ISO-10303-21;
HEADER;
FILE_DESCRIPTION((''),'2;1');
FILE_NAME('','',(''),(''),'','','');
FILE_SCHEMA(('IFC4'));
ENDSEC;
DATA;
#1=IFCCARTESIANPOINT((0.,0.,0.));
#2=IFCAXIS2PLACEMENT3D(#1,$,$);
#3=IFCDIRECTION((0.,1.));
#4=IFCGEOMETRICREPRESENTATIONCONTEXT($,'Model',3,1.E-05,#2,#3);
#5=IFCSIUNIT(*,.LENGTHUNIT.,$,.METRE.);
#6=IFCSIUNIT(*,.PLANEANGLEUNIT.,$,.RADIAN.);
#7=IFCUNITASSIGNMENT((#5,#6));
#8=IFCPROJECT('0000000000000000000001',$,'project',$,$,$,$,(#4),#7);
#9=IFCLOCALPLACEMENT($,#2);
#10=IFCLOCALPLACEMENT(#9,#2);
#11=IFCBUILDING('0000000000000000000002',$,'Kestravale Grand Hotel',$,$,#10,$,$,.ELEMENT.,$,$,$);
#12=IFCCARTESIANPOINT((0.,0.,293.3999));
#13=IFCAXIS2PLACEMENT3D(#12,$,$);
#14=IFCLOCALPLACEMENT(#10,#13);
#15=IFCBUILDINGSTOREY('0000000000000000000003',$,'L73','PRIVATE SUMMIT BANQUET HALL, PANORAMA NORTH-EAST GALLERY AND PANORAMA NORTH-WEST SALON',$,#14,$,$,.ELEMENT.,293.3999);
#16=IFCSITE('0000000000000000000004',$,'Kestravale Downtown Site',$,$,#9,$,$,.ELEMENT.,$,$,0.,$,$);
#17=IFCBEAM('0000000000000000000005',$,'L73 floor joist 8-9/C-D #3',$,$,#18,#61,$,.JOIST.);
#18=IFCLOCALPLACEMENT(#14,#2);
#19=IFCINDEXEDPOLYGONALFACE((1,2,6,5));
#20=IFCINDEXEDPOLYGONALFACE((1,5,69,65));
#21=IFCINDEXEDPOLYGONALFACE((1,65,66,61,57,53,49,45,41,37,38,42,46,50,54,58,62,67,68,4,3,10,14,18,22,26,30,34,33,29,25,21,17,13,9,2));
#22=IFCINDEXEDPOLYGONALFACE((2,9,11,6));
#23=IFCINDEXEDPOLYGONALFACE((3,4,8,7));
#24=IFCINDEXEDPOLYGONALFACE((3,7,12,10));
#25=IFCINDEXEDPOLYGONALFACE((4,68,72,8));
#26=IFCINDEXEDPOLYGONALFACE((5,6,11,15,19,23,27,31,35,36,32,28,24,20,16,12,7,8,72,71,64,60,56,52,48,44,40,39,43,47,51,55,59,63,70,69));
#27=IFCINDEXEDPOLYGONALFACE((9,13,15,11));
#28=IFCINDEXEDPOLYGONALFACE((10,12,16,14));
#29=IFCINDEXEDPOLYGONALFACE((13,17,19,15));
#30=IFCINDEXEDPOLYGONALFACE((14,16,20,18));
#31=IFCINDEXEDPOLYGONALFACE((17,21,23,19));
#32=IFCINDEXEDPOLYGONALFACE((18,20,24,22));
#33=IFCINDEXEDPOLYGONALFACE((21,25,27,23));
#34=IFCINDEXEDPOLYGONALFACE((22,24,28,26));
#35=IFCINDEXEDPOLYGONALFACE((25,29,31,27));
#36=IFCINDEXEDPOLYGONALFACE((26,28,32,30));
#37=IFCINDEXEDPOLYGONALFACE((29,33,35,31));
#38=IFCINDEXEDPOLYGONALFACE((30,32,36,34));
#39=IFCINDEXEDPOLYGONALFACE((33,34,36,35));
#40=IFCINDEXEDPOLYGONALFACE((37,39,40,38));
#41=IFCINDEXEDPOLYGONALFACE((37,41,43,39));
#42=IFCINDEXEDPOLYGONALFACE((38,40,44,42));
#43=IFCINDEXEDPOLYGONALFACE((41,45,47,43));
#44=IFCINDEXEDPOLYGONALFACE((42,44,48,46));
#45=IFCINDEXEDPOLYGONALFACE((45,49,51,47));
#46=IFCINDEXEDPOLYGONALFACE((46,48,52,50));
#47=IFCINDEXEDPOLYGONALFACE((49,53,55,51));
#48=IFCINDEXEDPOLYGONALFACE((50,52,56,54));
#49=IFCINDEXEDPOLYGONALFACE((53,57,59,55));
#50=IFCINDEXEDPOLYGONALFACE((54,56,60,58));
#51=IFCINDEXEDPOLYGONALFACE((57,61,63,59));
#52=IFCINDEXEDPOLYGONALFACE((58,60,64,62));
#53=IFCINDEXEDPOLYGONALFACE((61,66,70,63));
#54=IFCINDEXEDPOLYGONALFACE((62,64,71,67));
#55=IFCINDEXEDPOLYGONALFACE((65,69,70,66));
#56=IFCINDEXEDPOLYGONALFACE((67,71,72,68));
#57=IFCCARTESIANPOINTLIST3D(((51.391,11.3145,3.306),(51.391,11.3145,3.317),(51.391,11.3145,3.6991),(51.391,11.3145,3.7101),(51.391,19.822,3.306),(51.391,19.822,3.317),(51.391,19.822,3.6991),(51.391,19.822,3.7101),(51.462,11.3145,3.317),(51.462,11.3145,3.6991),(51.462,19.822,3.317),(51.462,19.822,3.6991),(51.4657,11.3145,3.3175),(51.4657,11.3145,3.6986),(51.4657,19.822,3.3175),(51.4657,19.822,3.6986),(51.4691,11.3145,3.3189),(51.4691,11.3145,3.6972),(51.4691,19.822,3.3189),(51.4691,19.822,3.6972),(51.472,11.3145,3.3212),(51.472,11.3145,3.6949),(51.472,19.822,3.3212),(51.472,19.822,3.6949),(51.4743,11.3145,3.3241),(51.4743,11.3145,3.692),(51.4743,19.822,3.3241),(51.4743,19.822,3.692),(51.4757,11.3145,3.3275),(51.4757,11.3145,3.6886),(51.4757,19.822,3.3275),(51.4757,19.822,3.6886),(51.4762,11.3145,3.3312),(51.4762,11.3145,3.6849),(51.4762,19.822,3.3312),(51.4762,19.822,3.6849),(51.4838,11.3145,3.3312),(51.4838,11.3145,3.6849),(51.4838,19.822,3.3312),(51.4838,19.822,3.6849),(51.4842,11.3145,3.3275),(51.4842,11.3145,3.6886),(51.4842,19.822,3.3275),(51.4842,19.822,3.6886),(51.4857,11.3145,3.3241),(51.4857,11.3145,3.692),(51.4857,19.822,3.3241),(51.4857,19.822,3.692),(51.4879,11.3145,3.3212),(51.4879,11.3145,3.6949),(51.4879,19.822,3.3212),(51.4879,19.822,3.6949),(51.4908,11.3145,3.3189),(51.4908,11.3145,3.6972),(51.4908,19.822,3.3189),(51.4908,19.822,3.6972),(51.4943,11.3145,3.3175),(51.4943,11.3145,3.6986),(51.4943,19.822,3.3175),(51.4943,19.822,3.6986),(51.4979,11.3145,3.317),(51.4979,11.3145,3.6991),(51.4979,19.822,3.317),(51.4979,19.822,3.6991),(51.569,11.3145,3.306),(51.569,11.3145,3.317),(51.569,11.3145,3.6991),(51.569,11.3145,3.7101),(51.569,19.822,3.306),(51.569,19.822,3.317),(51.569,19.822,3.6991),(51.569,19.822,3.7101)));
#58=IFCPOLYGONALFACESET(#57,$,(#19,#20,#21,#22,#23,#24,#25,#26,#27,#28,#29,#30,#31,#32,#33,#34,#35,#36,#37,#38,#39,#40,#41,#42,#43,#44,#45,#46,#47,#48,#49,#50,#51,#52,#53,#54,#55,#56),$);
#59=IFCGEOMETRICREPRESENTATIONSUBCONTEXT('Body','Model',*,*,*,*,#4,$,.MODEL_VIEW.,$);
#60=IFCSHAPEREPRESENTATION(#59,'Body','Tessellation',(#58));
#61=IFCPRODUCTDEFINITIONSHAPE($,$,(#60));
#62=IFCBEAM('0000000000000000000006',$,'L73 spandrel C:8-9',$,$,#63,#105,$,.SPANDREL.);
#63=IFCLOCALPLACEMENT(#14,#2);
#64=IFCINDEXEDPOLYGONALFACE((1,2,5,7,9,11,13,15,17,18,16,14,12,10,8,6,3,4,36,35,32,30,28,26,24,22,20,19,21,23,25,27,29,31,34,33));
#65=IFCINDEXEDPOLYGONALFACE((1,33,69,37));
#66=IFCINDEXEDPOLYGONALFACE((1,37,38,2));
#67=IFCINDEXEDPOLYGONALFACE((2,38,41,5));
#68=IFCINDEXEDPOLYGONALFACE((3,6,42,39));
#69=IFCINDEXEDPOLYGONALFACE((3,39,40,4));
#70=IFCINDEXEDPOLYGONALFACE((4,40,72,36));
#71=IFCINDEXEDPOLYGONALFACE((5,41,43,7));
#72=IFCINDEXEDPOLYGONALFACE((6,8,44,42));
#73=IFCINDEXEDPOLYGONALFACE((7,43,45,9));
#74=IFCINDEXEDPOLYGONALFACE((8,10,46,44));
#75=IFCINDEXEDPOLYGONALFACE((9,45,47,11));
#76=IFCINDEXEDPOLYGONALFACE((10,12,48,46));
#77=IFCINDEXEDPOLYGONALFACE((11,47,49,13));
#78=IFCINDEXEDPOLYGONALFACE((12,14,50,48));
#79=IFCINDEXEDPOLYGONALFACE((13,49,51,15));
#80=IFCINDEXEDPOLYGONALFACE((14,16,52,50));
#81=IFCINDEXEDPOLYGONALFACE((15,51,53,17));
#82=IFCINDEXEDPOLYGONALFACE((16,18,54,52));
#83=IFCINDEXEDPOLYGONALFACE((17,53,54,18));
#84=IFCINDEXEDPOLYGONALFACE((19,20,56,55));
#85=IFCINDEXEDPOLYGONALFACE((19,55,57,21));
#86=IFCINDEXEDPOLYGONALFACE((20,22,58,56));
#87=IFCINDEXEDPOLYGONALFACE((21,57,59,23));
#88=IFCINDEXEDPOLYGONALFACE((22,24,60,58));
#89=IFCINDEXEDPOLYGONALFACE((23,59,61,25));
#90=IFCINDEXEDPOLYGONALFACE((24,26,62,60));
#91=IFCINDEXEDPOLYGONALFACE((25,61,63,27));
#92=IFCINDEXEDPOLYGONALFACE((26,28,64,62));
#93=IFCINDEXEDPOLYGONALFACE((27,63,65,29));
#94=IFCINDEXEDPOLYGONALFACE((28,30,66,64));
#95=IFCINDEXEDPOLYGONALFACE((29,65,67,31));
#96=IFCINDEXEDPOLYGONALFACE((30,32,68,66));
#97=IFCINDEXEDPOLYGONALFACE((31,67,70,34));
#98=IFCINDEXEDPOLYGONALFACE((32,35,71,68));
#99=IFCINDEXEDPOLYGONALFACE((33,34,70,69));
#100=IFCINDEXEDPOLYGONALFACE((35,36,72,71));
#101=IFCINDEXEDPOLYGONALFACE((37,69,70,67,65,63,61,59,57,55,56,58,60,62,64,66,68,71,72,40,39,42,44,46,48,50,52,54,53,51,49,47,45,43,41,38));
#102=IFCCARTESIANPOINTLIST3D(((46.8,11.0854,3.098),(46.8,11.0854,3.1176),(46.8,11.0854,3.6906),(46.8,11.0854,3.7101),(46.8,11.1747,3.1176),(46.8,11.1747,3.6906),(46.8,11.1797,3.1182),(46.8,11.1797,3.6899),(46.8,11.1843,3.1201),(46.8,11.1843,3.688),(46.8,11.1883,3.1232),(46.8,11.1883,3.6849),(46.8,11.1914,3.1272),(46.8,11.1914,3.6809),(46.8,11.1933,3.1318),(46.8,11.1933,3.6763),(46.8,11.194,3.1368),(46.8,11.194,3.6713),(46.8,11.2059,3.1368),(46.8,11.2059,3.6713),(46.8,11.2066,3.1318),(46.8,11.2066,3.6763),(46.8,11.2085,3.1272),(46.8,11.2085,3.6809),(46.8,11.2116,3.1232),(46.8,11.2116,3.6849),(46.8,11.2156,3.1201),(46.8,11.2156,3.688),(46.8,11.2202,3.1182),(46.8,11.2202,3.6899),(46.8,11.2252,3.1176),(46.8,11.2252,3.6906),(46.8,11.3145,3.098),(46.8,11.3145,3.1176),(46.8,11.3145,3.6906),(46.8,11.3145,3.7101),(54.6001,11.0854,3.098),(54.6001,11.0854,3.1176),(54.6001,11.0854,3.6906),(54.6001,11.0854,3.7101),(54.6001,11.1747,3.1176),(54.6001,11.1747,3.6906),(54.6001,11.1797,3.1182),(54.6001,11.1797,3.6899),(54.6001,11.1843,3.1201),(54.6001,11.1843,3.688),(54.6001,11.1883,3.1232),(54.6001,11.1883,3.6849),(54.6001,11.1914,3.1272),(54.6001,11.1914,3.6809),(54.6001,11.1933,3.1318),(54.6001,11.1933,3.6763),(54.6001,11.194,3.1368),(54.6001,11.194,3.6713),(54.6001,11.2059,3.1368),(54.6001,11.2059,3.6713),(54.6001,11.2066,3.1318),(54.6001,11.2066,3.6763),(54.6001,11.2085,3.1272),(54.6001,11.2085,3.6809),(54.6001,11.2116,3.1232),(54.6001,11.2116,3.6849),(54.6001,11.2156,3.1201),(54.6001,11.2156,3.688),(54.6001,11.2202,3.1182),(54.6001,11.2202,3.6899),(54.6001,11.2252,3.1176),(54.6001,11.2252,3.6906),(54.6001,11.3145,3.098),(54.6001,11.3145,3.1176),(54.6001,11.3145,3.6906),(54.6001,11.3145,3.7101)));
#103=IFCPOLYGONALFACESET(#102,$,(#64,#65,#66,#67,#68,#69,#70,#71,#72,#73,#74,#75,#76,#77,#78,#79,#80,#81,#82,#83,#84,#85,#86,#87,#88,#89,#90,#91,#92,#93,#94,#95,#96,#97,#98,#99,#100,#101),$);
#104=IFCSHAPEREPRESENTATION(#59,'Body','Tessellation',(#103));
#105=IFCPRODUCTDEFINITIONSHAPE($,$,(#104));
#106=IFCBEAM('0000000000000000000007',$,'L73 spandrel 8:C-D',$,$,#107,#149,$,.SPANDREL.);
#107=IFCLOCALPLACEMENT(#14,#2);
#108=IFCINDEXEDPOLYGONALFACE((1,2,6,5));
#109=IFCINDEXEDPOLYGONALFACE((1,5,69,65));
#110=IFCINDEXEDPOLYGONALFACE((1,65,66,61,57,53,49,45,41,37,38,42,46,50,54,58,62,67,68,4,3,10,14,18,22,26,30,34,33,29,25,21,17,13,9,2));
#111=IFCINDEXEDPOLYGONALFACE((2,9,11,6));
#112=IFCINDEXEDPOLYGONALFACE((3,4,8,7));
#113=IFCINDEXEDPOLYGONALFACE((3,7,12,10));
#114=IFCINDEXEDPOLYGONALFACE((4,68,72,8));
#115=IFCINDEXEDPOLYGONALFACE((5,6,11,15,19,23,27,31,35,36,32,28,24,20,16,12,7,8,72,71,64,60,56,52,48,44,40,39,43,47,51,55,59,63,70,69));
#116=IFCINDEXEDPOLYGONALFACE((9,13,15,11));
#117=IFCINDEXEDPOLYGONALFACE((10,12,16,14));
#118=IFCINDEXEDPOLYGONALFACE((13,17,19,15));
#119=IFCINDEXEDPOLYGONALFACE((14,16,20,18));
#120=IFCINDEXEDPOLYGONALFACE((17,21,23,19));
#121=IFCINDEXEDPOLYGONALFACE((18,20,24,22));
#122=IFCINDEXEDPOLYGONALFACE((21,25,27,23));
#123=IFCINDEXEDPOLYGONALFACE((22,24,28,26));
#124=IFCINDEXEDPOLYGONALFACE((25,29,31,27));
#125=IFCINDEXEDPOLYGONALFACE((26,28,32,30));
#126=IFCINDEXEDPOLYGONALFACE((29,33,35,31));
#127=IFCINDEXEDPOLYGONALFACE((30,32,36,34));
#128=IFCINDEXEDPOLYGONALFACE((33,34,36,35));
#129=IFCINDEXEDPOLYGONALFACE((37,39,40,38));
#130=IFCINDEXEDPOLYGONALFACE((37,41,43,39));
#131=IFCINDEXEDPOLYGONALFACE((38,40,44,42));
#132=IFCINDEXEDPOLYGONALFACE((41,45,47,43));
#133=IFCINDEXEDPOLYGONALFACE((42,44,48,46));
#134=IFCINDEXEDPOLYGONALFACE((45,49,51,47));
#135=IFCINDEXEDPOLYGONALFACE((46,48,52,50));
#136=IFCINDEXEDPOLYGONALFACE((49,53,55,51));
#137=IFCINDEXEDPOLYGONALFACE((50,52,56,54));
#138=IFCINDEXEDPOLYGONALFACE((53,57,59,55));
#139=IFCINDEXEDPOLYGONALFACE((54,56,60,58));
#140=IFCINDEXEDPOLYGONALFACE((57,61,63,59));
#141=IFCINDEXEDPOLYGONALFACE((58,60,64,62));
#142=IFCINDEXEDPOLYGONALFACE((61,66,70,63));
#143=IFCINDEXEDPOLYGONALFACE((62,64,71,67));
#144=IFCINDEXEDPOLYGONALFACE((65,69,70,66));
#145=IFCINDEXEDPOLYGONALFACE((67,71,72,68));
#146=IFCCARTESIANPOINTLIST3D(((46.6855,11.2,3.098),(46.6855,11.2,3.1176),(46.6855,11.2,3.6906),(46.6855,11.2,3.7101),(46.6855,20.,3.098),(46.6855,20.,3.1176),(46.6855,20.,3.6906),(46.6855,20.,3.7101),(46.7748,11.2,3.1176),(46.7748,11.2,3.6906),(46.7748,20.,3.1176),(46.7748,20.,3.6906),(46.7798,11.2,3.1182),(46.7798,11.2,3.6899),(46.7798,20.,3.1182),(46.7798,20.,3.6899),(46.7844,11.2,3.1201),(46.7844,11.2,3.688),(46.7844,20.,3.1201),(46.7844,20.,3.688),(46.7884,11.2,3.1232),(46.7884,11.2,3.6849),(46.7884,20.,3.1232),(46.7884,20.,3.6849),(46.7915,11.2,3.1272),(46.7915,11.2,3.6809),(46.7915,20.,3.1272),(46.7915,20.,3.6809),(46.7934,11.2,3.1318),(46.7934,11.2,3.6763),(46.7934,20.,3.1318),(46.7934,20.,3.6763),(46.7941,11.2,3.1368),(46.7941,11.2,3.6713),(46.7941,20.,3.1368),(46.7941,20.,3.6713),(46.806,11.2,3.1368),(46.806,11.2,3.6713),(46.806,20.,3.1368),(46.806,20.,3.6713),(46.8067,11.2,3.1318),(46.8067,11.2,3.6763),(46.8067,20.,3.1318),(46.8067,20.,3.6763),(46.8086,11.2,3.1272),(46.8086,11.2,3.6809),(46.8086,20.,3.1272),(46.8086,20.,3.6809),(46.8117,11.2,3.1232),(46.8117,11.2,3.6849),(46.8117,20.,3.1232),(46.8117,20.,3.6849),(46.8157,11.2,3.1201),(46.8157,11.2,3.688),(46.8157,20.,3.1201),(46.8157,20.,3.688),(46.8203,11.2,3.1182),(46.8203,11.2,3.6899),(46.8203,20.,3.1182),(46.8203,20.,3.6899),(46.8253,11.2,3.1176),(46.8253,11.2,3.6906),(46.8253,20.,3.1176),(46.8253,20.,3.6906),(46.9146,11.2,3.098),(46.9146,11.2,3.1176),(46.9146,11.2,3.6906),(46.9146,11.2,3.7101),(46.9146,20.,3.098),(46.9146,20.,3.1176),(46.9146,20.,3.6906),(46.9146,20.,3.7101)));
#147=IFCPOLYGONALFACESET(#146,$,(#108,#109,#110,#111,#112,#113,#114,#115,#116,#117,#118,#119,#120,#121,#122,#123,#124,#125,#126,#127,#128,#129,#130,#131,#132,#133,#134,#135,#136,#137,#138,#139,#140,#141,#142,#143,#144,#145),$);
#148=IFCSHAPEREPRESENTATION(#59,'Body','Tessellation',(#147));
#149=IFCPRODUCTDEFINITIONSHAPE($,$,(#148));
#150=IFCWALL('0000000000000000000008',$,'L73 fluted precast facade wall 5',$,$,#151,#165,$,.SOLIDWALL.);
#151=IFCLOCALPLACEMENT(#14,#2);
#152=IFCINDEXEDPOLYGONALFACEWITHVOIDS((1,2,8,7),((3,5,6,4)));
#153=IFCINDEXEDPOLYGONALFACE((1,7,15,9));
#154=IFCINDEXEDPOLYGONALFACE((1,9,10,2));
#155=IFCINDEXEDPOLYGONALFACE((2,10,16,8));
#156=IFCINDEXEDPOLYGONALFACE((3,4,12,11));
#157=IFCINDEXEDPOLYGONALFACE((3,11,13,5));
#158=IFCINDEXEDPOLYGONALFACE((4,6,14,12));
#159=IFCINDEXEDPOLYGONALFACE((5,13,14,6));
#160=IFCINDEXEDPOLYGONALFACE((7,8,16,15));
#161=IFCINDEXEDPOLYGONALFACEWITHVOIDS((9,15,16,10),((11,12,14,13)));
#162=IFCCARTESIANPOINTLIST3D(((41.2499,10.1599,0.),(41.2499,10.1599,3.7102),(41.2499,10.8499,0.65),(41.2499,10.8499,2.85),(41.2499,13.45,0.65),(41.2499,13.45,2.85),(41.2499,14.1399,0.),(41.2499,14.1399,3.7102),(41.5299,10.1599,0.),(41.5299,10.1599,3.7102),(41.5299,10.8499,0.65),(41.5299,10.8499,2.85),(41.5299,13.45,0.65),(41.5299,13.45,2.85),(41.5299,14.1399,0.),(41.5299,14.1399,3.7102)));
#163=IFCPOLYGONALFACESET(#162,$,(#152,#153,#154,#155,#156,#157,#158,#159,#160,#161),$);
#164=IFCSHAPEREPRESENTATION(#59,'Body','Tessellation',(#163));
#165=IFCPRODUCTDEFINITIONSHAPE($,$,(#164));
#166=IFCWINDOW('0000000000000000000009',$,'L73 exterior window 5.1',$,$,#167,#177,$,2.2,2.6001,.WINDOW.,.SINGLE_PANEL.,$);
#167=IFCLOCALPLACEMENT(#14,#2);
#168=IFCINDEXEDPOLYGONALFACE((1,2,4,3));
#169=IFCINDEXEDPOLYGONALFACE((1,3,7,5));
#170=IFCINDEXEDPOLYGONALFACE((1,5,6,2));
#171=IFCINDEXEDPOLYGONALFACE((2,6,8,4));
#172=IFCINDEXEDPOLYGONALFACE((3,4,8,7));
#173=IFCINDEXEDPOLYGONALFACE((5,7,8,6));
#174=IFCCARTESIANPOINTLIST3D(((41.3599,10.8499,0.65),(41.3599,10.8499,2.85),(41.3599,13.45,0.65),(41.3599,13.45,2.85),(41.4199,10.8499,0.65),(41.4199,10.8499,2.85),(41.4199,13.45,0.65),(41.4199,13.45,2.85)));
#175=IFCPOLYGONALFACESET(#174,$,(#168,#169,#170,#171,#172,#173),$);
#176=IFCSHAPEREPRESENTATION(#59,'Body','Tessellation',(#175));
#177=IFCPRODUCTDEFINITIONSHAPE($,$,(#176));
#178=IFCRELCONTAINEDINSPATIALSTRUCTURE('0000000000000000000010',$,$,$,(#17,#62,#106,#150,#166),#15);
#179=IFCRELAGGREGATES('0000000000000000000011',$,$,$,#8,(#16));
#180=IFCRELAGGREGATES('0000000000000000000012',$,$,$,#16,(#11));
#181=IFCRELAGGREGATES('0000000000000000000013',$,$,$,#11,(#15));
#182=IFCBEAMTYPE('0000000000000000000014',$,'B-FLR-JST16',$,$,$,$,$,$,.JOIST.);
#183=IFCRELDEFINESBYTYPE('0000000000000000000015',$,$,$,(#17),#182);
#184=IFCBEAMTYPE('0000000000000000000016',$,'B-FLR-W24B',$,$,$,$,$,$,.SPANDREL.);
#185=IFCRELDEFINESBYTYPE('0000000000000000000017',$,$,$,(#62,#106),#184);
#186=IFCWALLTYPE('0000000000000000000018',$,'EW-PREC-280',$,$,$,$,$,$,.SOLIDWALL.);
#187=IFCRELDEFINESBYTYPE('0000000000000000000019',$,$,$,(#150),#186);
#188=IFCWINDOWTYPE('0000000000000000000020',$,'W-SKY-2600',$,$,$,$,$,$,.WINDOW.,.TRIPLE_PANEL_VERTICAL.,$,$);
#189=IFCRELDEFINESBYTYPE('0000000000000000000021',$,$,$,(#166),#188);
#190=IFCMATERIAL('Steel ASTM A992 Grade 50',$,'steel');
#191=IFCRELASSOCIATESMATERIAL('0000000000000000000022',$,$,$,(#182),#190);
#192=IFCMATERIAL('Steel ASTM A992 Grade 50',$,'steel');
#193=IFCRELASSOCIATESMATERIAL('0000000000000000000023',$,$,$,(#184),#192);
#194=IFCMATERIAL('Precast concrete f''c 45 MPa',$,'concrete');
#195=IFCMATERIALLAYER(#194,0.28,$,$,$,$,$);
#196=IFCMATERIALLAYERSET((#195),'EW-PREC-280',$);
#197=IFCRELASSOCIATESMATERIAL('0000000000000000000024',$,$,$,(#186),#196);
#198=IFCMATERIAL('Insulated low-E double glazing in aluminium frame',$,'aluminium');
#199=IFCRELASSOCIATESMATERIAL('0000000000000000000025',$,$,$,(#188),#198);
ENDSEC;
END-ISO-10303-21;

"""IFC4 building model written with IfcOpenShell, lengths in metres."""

from ifc_helpers import new_model, si_unit, direction, frame, frame_2d, origin, origin_2d, place, context, subcontext, project, spatial, rectangle, i_section, extrude, material, layer, layer_set, material_profile, profile_set, type_object, element, fill, save


model = new_model("IFC4")

# Units and contexts
model_context = context("Model", 3, precision=1e-05, world=origin(), true_north=direction((0.0, 1.0)))
body_context = subcontext(model_context, "Body", "Model", "MODEL_VIEW")
ifc_project = project(units=[si_unit("LENGTHUNIT", "METRE"), si_unit("PLANEANGLEUNIT", "RADIAN")], contexts=[model_context])

# Site, building, storey
site_placement = place(None, origin())
site = spatial("IfcSite", under=ifc_project, at=site_placement, Name="Kestravale Downtown Site", CompositionType="ELEMENT", RefElevation=0.0)
building_placement = place(site_placement, origin())
building = spatial("IfcBuilding", under=site, at=building_placement, Name="Kestravale Grand Hotel", CompositionType="ELEMENT")
storey_placement = place(building_placement, frame((0.0, 0.0, 293.3999)))
storey = spatial("IfcBuildingStorey", under=building, at=storey_placement, Name="L73", Description="PRIVATE SUMMIT BANQUET HALL, PANORAMA NORTH-EAST GALLERY AND PANORAMA NORTH-WEST SALON", CompositionType="ELEMENT", Elevation=293.3999)

# Beams
ifc_material_1 = material(Name="Steel ASTM A992 Grade 50", Category="steel")
ifc_material_profile_1 = material_profile(ifc_material_1, i_section(OverallWidth=0.178, OverallDepth=0.4041, WebThickness=0.0076, FlangeThickness=0.011, FilletRadius=0.0142, at=origin_2d()))
ifc_profile_set_1 = profile_set([ifc_material_profile_1], Name="Steel ASTM A992 Grade 50")
beam_type_1 = type_object("IfcBeamType", Name="B-FLR-JST16", PredefinedType="JOIST", material=ifc_profile_set_1)
for number, where, z_axis, x_axis, name in (
    (1, (51.48, 11.3145, 3.5081), (0.0, 1.0, 0.0), (-1.0, 0.0, 0.0), "L73 floor joist 8-9/C-D #3"),
):
    element("IfcBeam", number, at=place(storey_placement, frame(where, z_axis=z_axis, x_axis=x_axis)), inside=storey, type_object=beam_type_1, Name=name, PredefinedType="JOIST", context=body_context, shape_type="SweptSolid", body=[
        extrude(i_section(OverallWidth=0.178, OverallDepth=0.4041, WebThickness=0.0076, FlangeThickness=0.011, FilletRadius=0.0142, at=origin_2d()), origin(), (0.0, 0.0, 1.0), 8.5076),
    ])
ifc_material_2 = material(Name="Steel ASTM A992 Grade 50", Category="steel")
ifc_material_profile_2 = material_profile(ifc_material_2, i_section(OverallWidth=0.229, OverallDepth=0.6121, WebThickness=0.012, FlangeThickness=0.0195, FilletRadius=0.0193, at=origin_2d()))
ifc_profile_set_2 = profile_set([ifc_material_profile_2], Name="Steel ASTM A992 Grade 50")
beam_type_2 = type_object("IfcBeamType", Name="B-FLR-W24B", PredefinedType="SPANDREL", material=ifc_profile_set_2)
beam_1_placement = place(storey_placement, frame((46.8, 11.2, 3.4041), z_axis=(1.0, 0.0, 0.0), x_axis=(0.0, 1.0, 0.0)))
element("IfcBeam", 2, at=beam_1_placement, inside=storey, type_object=beam_type_2, Name="L73 spandrel C:8-9", PredefinedType="SPANDREL", context=body_context, shape_type="SweptSolid", body=[
    extrude(i_section(OverallWidth=0.229, OverallDepth=0.6121, WebThickness=0.012, FlangeThickness=0.0195, FilletRadius=0.0193, at=origin_2d()), origin(), (0.0, 0.0, 1.0), 7.8),
])
beam_2_placement = place(storey_placement, frame((46.8, 11.2, 3.4041), z_axis=(0.0, 1.0, 0.0), x_axis=(-1.0, 0.0, 0.0)))
element("IfcBeam", 3, at=beam_2_placement, inside=storey, type_object=beam_type_2, Name="L73 spandrel 8:C-D", PredefinedType="SPANDREL", context=body_context, shape_type="SweptSolid", body=[
    extrude(i_section(OverallWidth=0.229, OverallDepth=0.6121, WebThickness=0.012, FlangeThickness=0.0195, FilletRadius=0.0193, at=origin_2d()), origin(), (0.0, 0.0, 1.0), 8.8),
])

# Wall, opening, window
ifc_material_3 = material(Name="Precast concrete f'c 45 MPa", Category="concrete")
ifc_layer_1 = layer(ifc_material_3, 0.28)
ifc_layer_set_1 = layer_set([ifc_layer_1], Name="EW-PREC-280")
wall_type_1 = type_object("IfcWallType", Name="EW-PREC-280", PredefinedType="SOLIDWALL", material=ifc_layer_set_1)
wall_1_placement = place(storey_placement, frame((41.3899, 14.1399, 0.0), z_axis=(0.0, 0.0, 1.0), x_axis=(0.0, -1.0, 0.0)))
wall_1 = element("IfcWall", 4, at=wall_1_placement, inside=storey, type_object=wall_type_1, Name="L73 fluted precast facade wall 5", PredefinedType="SOLIDWALL", context=body_context, shape_type="SweptSolid", body=[
    extrude(rectangle(XDim=3.98, YDim=0.28, at=frame_2d((1.99, 0.0))), origin(), (0.0, 0.0, 1.0), 3.7102),
])
opening_1_placement = place(wall_1_placement, frame((0.6899, 0.0, 0.6499)))
opening_1 = element("IfcOpeningElement", 5, at=opening_1_placement, cuts=wall_1, PredefinedType="OPENING", context=body_context, shape_type="SweptSolid", body=[
    extrude(rectangle(XDim=2.6001, YDim=2.2, at=frame_2d((1.3, 1.1001))), frame((0.0, 0.1499, 0.0), z_axis=(0.0, -1.0, 0.0), x_axis=(1.0, 0.0, 0.0)), (0.0, 0.0, 1.0), 0.3),
])
ifc_material_4 = material(Name="Insulated low-E double glazing in aluminium frame", Category="aluminium")
window_type = type_object("IfcWindowType", Name="W-SKY-2600", PartitioningType="TRIPLE_PANEL_VERTICAL", PredefinedType="WINDOW", material=ifc_material_4)
window_1_placement = place(opening_1_placement, origin())
window_1 = element("IfcWindow", 6, at=window_1_placement, inside=storey, type_object=window_type, Name="L73 exterior window 5.1", OverallHeight=2.2, OverallWidth=2.6001, PartitioningType="SINGLE_PANEL", PredefinedType="WINDOW", context=body_context, shape_type="SweptSolid", body=[
    extrude(rectangle(XDim=2.6001, YDim=2.2, at=frame_2d((1.3, 1.1001))), frame((0.0, 0.03, 0.0), z_axis=(0.0, -1.0, 0.0), x_axis=(1.0, 0.0, 0.0)), (0.0, 0.0, 1.0), 0.0601),
])
fill(opening_1, window_1)

save(model, "model.ifc")
